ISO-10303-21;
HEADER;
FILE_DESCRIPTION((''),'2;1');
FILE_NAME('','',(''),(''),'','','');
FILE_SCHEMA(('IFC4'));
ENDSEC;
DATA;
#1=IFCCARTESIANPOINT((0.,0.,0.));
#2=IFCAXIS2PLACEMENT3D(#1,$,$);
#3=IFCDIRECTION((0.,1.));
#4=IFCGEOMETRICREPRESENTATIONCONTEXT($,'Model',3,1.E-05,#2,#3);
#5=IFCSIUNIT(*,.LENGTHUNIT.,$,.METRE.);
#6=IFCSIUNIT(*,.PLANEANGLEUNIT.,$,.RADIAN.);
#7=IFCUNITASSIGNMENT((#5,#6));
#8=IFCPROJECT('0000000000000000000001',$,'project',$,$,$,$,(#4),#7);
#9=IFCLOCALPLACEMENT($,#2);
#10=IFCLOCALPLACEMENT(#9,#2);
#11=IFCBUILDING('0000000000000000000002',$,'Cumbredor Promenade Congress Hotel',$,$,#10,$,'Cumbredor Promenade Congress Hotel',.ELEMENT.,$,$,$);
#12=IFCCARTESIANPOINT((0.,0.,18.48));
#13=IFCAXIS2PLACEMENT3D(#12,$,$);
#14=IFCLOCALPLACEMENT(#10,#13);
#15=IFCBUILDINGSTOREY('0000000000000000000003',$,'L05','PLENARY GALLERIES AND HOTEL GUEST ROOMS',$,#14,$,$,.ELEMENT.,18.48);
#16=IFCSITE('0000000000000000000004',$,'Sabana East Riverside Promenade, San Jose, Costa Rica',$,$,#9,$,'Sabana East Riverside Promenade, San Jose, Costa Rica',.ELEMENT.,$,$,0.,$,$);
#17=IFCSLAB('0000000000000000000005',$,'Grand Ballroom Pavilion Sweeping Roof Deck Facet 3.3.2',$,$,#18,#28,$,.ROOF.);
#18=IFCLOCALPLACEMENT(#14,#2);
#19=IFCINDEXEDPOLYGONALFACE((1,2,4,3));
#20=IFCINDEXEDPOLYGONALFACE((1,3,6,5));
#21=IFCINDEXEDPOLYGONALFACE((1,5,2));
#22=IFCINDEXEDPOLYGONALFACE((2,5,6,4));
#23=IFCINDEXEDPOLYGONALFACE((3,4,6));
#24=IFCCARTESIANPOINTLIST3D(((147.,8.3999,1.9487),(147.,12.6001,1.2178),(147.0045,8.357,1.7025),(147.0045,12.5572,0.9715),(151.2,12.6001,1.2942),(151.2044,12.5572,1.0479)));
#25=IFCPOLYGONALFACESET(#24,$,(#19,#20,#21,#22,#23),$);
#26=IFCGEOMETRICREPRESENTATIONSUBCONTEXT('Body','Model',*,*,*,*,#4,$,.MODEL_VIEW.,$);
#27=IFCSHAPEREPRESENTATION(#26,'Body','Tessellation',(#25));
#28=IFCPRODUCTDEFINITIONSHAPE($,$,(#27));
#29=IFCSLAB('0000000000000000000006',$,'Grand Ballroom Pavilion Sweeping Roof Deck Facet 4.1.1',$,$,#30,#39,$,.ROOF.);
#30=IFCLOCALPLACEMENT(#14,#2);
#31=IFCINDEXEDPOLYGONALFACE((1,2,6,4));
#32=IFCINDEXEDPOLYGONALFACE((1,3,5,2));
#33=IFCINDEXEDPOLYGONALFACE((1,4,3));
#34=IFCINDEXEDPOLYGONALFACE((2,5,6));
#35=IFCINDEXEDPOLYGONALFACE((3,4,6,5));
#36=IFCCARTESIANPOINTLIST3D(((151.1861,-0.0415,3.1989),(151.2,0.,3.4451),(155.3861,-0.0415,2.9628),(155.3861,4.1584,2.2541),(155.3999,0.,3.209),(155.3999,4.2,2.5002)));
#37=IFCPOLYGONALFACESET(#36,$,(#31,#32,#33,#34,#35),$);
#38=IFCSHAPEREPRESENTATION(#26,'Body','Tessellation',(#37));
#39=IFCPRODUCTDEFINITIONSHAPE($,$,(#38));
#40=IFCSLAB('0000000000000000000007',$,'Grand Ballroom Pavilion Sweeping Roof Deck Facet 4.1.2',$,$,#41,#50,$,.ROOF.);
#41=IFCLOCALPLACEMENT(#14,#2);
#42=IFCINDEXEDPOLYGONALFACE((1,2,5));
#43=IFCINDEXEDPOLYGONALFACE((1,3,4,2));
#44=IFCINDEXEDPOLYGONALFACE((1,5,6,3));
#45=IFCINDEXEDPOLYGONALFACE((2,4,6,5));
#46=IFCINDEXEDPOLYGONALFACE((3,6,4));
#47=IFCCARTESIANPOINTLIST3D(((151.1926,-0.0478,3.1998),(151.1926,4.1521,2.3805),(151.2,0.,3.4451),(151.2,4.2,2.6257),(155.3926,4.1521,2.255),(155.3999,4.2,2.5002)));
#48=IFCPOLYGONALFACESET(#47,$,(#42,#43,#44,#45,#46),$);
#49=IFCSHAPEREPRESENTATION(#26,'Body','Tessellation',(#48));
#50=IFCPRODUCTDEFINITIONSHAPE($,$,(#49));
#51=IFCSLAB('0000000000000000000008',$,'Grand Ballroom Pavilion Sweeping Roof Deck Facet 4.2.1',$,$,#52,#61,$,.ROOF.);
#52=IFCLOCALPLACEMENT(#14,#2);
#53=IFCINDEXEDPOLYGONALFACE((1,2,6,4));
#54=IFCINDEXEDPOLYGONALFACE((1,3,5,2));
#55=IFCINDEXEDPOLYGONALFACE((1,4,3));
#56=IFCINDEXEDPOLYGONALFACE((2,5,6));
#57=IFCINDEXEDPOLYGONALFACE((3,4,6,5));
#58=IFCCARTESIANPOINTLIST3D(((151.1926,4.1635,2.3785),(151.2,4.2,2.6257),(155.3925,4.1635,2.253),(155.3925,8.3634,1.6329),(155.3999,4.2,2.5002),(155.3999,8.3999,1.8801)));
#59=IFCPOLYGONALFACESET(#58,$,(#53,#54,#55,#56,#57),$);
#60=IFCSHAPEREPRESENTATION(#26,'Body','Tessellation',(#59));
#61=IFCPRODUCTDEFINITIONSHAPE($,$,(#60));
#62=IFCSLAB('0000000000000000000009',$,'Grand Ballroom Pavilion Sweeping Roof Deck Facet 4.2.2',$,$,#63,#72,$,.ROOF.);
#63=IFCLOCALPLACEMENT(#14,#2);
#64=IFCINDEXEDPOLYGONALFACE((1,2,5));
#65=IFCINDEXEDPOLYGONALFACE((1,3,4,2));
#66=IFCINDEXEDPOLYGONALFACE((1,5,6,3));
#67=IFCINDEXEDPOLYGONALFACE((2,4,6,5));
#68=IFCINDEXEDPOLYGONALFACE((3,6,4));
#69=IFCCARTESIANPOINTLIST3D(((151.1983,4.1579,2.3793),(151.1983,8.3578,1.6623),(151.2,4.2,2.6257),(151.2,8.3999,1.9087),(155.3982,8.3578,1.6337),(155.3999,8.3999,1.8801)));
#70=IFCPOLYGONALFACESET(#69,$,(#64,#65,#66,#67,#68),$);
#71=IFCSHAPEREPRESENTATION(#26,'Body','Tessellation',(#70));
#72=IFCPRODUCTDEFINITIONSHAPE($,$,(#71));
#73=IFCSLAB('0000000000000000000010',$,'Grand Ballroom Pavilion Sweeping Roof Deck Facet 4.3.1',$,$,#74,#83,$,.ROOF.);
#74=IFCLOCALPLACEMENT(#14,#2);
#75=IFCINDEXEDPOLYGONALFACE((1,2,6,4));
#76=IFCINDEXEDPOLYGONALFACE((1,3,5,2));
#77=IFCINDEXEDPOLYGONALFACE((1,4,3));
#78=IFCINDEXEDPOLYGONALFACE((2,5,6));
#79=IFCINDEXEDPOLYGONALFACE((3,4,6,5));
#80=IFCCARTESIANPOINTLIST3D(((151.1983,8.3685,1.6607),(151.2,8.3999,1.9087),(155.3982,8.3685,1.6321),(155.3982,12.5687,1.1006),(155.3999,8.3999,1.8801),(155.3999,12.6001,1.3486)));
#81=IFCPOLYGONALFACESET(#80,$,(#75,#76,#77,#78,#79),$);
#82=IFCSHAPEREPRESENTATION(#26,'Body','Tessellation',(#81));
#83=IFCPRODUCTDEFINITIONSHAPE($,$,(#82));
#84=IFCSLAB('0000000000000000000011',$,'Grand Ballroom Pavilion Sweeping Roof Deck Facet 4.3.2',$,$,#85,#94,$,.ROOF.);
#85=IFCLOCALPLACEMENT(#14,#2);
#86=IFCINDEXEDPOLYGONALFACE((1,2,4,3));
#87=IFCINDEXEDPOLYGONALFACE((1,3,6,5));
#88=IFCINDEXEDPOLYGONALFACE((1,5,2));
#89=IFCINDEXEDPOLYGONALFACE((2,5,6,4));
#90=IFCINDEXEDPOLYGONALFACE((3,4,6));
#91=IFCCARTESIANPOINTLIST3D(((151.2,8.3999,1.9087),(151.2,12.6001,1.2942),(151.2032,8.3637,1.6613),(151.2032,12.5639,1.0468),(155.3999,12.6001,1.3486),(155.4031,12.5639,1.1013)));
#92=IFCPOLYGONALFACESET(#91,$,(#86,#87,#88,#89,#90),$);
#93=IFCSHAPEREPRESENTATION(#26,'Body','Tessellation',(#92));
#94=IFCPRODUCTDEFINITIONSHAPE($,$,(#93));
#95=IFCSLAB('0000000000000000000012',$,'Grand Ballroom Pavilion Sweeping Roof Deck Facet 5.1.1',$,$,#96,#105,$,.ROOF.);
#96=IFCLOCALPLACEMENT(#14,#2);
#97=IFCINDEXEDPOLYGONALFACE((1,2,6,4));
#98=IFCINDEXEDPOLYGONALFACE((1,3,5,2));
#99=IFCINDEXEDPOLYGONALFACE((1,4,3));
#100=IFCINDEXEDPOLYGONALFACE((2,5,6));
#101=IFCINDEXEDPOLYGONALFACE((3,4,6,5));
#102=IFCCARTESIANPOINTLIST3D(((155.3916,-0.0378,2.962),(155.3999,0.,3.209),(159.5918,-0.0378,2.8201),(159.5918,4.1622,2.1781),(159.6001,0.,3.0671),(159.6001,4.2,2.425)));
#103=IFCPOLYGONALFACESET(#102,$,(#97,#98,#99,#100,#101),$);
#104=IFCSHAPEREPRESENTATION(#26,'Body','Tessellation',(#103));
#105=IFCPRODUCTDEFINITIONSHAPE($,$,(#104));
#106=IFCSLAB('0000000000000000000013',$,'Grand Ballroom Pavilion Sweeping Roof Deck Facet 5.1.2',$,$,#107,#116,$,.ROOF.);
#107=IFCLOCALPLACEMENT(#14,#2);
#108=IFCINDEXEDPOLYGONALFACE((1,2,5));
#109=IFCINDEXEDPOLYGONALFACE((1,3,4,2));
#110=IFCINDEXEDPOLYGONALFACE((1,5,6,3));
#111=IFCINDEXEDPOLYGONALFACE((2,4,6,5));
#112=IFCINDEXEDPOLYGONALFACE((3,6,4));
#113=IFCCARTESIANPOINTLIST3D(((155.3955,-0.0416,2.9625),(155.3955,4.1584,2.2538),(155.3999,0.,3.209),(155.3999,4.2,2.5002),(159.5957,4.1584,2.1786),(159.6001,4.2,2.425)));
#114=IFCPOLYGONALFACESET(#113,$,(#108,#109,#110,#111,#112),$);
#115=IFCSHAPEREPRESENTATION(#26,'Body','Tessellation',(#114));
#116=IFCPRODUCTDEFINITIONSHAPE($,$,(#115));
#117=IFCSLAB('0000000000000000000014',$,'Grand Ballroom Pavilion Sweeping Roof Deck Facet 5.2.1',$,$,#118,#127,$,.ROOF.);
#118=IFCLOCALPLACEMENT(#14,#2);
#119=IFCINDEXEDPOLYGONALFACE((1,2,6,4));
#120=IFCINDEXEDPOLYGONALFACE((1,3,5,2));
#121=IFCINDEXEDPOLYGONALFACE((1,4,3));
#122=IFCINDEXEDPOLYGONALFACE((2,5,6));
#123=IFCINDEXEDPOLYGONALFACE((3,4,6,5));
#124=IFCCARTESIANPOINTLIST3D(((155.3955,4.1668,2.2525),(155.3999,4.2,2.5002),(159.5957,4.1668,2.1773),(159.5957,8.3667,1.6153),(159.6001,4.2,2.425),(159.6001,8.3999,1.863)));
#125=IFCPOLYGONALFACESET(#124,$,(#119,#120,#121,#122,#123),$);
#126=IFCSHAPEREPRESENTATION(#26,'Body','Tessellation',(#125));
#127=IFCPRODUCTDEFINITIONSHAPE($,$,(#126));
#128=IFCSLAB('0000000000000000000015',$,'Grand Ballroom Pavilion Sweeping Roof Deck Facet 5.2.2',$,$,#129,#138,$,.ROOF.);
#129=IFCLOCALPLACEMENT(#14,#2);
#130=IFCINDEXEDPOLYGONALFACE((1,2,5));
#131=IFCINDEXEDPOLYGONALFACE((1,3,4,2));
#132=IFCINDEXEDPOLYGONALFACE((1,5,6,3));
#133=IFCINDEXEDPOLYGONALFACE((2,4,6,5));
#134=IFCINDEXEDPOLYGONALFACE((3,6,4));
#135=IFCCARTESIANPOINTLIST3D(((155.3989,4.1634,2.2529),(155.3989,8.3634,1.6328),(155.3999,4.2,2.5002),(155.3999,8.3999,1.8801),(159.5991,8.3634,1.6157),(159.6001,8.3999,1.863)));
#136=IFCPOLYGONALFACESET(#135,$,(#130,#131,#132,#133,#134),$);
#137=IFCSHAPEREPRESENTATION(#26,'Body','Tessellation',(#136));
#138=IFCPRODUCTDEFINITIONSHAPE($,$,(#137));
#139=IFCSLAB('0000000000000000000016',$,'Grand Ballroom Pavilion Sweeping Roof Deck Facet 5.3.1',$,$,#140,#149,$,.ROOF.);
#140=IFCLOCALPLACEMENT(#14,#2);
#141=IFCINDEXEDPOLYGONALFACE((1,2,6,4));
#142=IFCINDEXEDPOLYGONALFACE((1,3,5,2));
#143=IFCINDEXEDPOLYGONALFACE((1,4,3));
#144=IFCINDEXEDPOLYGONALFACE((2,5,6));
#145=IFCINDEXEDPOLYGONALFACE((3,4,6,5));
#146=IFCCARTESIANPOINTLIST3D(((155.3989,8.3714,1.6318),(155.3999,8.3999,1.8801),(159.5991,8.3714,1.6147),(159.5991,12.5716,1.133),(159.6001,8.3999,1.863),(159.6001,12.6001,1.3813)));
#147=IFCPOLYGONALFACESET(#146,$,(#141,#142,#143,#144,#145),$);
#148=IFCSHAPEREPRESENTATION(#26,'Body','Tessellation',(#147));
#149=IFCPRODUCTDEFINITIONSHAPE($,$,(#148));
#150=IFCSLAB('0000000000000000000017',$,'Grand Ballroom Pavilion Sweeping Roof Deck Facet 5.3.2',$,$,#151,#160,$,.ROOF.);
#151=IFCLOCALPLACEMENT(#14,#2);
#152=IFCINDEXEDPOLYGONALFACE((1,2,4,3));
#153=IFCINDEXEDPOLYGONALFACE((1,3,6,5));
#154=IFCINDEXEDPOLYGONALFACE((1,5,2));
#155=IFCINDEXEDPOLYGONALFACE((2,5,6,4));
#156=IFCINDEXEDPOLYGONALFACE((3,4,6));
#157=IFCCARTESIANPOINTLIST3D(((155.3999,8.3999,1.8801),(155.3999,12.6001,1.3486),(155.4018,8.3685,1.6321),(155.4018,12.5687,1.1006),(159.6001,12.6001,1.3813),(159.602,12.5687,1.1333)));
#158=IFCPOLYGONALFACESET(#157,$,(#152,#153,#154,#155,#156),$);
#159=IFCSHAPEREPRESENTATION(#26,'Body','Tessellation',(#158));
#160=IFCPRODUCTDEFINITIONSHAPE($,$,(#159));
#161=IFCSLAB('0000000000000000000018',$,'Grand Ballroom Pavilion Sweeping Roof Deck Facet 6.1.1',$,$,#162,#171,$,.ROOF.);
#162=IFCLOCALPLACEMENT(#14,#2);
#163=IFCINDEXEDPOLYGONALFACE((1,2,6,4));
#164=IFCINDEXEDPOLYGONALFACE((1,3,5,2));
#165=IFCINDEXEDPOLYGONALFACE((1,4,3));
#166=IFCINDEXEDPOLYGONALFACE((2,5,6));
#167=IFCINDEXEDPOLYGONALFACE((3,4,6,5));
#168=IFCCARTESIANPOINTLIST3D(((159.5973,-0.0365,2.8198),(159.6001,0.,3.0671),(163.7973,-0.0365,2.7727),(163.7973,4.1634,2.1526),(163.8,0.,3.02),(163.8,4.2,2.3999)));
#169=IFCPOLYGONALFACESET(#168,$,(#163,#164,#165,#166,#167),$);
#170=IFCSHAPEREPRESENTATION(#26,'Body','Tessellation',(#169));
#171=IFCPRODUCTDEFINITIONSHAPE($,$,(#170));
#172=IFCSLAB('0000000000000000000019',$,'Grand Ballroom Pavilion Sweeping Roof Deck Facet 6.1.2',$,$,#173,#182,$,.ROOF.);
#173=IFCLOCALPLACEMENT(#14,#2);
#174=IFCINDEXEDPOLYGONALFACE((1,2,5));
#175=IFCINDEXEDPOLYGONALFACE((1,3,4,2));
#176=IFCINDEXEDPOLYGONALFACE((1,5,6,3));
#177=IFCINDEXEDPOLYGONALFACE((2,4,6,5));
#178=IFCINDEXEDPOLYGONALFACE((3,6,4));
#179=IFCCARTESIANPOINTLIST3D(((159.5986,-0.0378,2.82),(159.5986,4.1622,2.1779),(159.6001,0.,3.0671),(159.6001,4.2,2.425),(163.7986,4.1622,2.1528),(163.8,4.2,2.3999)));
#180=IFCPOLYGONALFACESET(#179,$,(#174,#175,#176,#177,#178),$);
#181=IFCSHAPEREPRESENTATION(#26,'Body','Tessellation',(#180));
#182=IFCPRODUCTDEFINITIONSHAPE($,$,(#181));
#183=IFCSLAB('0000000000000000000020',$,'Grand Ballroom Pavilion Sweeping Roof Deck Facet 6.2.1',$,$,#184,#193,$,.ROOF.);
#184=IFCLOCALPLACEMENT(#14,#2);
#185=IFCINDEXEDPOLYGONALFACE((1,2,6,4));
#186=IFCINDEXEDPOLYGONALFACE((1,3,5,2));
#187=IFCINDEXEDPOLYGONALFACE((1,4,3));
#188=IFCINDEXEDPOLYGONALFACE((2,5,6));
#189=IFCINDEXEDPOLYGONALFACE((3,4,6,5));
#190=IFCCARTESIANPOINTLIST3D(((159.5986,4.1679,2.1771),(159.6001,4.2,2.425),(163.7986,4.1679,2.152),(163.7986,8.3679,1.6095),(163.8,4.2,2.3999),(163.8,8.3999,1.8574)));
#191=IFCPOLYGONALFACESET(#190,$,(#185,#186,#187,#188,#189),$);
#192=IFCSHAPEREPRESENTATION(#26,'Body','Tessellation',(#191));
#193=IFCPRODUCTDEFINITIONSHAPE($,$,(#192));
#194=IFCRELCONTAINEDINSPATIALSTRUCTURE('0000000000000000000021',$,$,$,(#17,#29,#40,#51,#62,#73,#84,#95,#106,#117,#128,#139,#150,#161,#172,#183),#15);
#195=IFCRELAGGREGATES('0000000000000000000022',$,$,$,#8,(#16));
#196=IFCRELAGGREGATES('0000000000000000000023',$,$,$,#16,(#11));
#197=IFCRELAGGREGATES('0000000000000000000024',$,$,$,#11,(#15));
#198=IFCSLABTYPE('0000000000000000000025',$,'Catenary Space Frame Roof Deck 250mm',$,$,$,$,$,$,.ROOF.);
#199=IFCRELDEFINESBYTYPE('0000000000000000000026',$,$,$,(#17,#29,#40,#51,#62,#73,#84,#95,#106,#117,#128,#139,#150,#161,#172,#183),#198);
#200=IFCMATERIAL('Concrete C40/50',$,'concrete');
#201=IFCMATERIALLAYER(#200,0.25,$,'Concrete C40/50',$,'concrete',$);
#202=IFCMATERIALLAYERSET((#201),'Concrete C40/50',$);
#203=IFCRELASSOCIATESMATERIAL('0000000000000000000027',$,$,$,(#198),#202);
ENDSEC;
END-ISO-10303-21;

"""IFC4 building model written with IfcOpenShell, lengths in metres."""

from ifc_helpers import new_model, si_unit, direction, frame, origin, place, context, subcontext, project, spatial, polyline, outline, extrude, material, layer, layer_set, type_object, element, save


model = new_model("IFC4")

# Units and contexts
model_context = context("Model", 3, precision=1e-05, world=origin(), true_north=direction((0.0, 1.0)))
body_context = subcontext(model_context, "Body", "Model", "MODEL_VIEW")
ifc_project = project(units=[si_unit("LENGTHUNIT", "METRE"), si_unit("PLANEANGLEUNIT", "RADIAN")], contexts=[model_context])

# Site, building, storey
site_placement = place(None, origin())
site = spatial("IfcSite", under=ifc_project, at=site_placement, Name="Sabana East Riverside Promenade, San Jose, Costa Rica", LongName="Sabana East Riverside Promenade, San Jose, Costa Rica", CompositionType="ELEMENT", RefElevation=0.0)
building_placement = place(site_placement, origin())
building = spatial("IfcBuilding", under=site, at=building_placement, Name="Cumbredor Promenade Congress Hotel", LongName="Cumbredor Promenade Congress Hotel", CompositionType="ELEMENT")
storey_placement = place(building_placement, frame((0.0, 0.0, 18.48)))
storey = spatial("IfcBuildingStorey", under=building, at=storey_placement, Name="L05", Description="PLENARY GALLERIES AND HOTEL GUEST ROOMS", CompositionType="ELEMENT", Elevation=18.48)

# Slabs
ifc_material_1 = material(Name="Concrete C40/50", Category="concrete")
ifc_layer_1 = layer(ifc_material_1, 0.25, Name="Concrete C40/50", Category="concrete")
ifc_layer_set_1 = layer_set([ifc_layer_1], Name="Concrete C40/50")
slab_type = type_object("IfcSlabType", Name="Catenary Space Frame Roof Deck 250mm", PredefinedType="ROOF", material=ifc_layer_set_1)
slab_1_placement = place(storey_placement, frame((147.0, 8.3999, 1.9487), z_axis=(-0.017922, 0.171425, 0.985034), x_axis=(0.702832, 0.702873, -0.109533)))
element("IfcSlab", 1, at=slab_1_placement, inside=storey, type_object=slab_type, Name="Grand Ballroom Pavilion Sweeping Roof Deck Facet 3.3.2", PredefinedType="ROOF", context=body_context, shape_type="SweptSolid", body=[
    extrude(outline(polyline([(0.0, 0.0), (5.9758, 0.0), (3.0323, 2.9969), (0.0, 0.0)])), origin(), (0.0, 0.0, -1.0), 0.25),
])
slab_2_placement = place(storey_placement, frame((151.2, 0.0, 3.4451), z_axis=(0.055343, 0.166142, 0.984548), x_axis=(0.998424, 0.0, -0.056123)))
element("IfcSlab", 2, at=slab_2_placement, inside=storey, type_object=slab_type, Name="Grand Ballroom Pavilion Sweeping Roof Deck Facet 4.1.1", PredefinedType="ROOF", context=body_context, shape_type="SweptSolid", body=[
    extrude(outline(polyline([(0.0, 0.0), (4.2066, 0.0), (4.2464, 4.2591), (0.0, 0.0)])), origin(), (0.0, 0.0, -1.0), 0.25),
])
slab_3_placement = place(storey_placement, frame((151.2, 0.0, 3.4451), z_axis=(0.029313, 0.191391, 0.981076), x_axis=(0.698327, 0.698327, -0.157096)))
element("IfcSlab", 3, at=slab_3_placement, inside=storey, type_object=slab_type, Name="Grand Ballroom Pavilion Sweeping Roof Deck Facet 4.1.2", PredefinedType="ROOF", context=body_context, shape_type="SweptSolid", body=[
    extrude(outline(polyline([(0.0, 0.0), (6.0143, 0.0), (3.0617, 2.9895), (0.0, 0.0)])), origin(), (0.0, 0.0, -1.0), 0.25),
])
slab_4_placement = place(storey_placement, frame((151.2, 4.2, 2.6257), z_axis=(0.029545, 0.146001, 0.988843), x_axis=(0.999554, 0.0, -0.029865)))
element("IfcSlab", 4, at=slab_4_placement, inside=storey, type_object=slab_type, Name="Grand Ballroom Pavilion Sweeping Roof Deck Facet 4.2.1", PredefinedType="ROOF", context=body_context, shape_type="SweptSolid", body=[
    extrude(outline(polyline([(0.0, 0.0), (4.2018, 0.0), (4.2203, 4.2454), (0.0, 0.0)])), origin(), (0.0, 0.0, -1.0), 0.25),
])
slab_5_placement = place(storey_placement, frame((151.2, 4.2, 2.6257), z_axis=(0.006704, 0.168287, 0.985715), x_axis=(0.7016, 0.7016, -0.124553)))
element("IfcSlab", 5, at=slab_5_placement, inside=storey, type_object=slab_type, Name="Grand Ballroom Pavilion Sweeping Roof Deck Facet 4.2.2", PredefinedType="ROOF", context=body_context, shape_type="SweptSolid", body=[
    extrude(outline(polyline([(0.0, 0.0), (5.9862, 0.0), (3.036, 2.9894), (0.0, 0.0)])), origin(), (0.0, 0.0, -1.0), 0.25),
])
slab_6_placement = place(storey_placement, frame((151.2, 8.3999, 1.9087), z_axis=(0.006747, 0.125536, 0.992066), x_axis=(0.999977, 0.0, -0.006801)))
element("IfcSlab", 6, at=slab_6_placement, inside=storey, type_object=slab_type, Name="Grand Ballroom Pavilion Sweeping Roof Deck Facet 4.3.1", PredefinedType="ROOF", context=body_context, shape_type="SweptSolid", body=[
    extrude(outline(polyline([(0.0, 0.0), (4.2, 0.0), (4.2037, 4.2337), (0.0, 0.0)])), origin(), (0.0, 0.0, -1.0), 0.25),
])
slab_7_placement = place(storey_placement, frame((151.2, 8.3999, 1.9087), z_axis=(-0.012825, 0.14475, 0.989385), x_axis=(0.703964, 0.704005, -0.093873)))
element("IfcSlab", 7, at=slab_7_placement, inside=storey, type_object=slab_type, Name="Grand Ballroom Pavilion Sweeping Roof Deck Facet 4.3.2", PredefinedType="ROOF", context=body_context, shape_type="SweptSolid", body=[
    extrude(outline(polyline([(0.0, 0.0), (5.9661, 0.0), (3.0146, 2.9885), (0.0, 0.0)])), origin(), (0.0, 0.0, -1.0), 0.25),
])
slab_8_placement = place(storey_placement, frame((155.3999, 0.0, 3.209), z_axis=(0.033365, 0.15104, 0.987964), x_axis=(0.99943, 0.0, -0.033752)))
element("IfcSlab", 8, at=slab_8_placement, inside=storey, type_object=slab_type, Name="Grand Ballroom Pavilion Sweeping Roof Deck Facet 5.1.1", PredefinedType="ROOF", context=body_context, shape_type="SweptSolid", body=[
    extrude(outline(polyline([(0.0, 0.0), (4.2026, 0.0), (4.2243, 4.2487), (0.0, 0.0)])), origin(), (0.0, 0.0, -1.0), 0.25),
])
slab_9_placement = place(storey_placement, frame((155.3999, 0.0, 3.209), z_axis=(0.01765, 0.166371, 0.985905), x_axis=(0.701048, 0.701007, -0.130845)))
element("IfcSlab", 9, at=slab_9_placement, inside=storey, type_object=slab_type, Name="Grand Ballroom Pavilion Sweeping Roof Deck Facet 5.1.2", PredefinedType="ROOF", context=body_context, shape_type="SweptSolid", body=[
    extrude(outline(polyline([(0.0, 0.0), (5.9913, 0.0), (3.0369, 2.9865), (0.0, 0.0)])), origin(), (0.0, 0.0, -1.0), 0.25),
])
slab_10_placement = place(storey_placement, frame((155.3999, 4.2, 2.5002), z_axis=(0.017742, 0.132611, 0.991009), x_axis=(0.99984, 0.0, -0.0179)))
element("IfcSlab", 10, at=slab_10_placement, inside=storey, type_object=slab_type, Name="Grand Ballroom Pavilion Sweeping Roof Deck Facet 5.2.1", PredefinedType="ROOF", context=body_context, shape_type="SweptSolid", body=[
    extrude(outline(polyline([(0.0, 0.0), (4.2009, 0.0), (4.2109, 4.2374), (0.0, 0.0)])), origin(), (0.0, 0.0, -1.0), 0.25),
])
slab_11_placement = place(storey_placement, frame((155.3999, 4.2, 2.5002), z_axis=(0.004025, 0.146064, 0.989267), x_axis=(0.703093, 0.703052, -0.106665)))
element("IfcSlab", 11, at=slab_11_placement, inside=storey, type_object=slab_type, Name="Grand Ballroom Pavilion Sweeping Roof Deck Facet 5.2.2", PredefinedType="ROOF", context=body_context, shape_type="SweptSolid", body=[
    extrude(outline(polyline([(0.0, 0.0), (5.9739, 0.0), (3.0189, 2.985), (0.0, 0.0)])), origin(), (0.0, 0.0, -1.0), 0.25),
])
slab_12_placement = place(storey_placement, frame((155.3999, 8.3999, 1.8801), z_axis=(0.004042, 0.113935, 0.99348), x_axis=(0.999992, 0.0, -0.004069)))
element("IfcSlab", 12, at=slab_12_placement, inside=storey, type_object=slab_type, Name="Grand Ballroom Pavilion Sweeping Roof Deck Facet 5.3.1", PredefinedType="ROOF", context=body_context, shape_type="SweptSolid", body=[
    extrude(outline(polyline([(0.0, 0.0), (4.2002, 0.0), (4.2022, 4.2277), (0.0, 0.0)])), origin(), (0.0, 0.0, -1.0), 0.25),
])
slab_13_placement = place(storey_placement, frame((155.3999, 8.3999, 1.8801), z_axis=(-0.007727, 0.125535, 0.992059), x_axis=(0.704627, 0.704627, -0.083675)))
element("IfcSlab", 13, at=slab_13_placement, inside=storey, type_object=slab_type, Name="Grand Ballroom Pavilion Sweeping Roof Deck Facet 5.3.2", PredefinedType="ROOF", context=body_context, shape_type="SweptSolid", body=[
    extrude(outline(polyline([(0.0, 0.0), (5.9609, 0.0), (3.004, 2.9833), (0.0, 0.0)])), origin(), (0.0, 0.0, -1.0), 0.25),
])
slab_14_placement = place(storey_placement, frame((159.6001, 0.0, 3.0671), z_axis=(0.011098, 0.146056, 0.989214), x_axis=(0.999937, 0.0, -0.011218)))
element("IfcSlab", 14, at=slab_14_placement, inside=storey, type_object=slab_type, Name="Grand Ballroom Pavilion Sweeping Roof Deck Facet 6.1.1", PredefinedType="ROOF", context=body_context, shape_type="SweptSolid", body=[
    extrude(outline(polyline([(0.0, 0.0), (4.2002, 0.0), (4.2072, 4.2455), (0.0, 0.0)])), origin(), (0.0, 0.0, -1.0), 0.25),
])
slab_15_placement = place(storey_placement, frame((159.6001, 0.0, 3.0671), z_axis=(0.005918, 0.151122, 0.988497), x_axis=(0.702687, 0.702687, -0.111634)))
element("IfcSlab", 15, at=slab_15_placement, inside=storey, type_object=slab_type, Name="Grand Ballroom Pavilion Sweeping Roof Deck Facet 6.1.2", PredefinedType="ROOF", context=body_context, shape_type="SweptSolid", body=[
    extrude(outline(polyline([(0.0, 0.0), (5.977, 0.0), (3.0229, 2.9856), (0.0, 0.0)])), origin(), (0.0, 0.0, -1.0), 0.25),
])
slab_16_placement = place(storey_placement, frame((159.6001, 4.2, 2.425), z_axis=(0.005938, 0.128097, 0.991744), x_axis=(0.999982, 0.0, -0.005987)))
element("IfcSlab", 16, at=slab_16_placement, inside=storey, type_object=slab_type, Name="Grand Ballroom Pavilion Sweeping Roof Deck Facet 6.2.1", PredefinedType="ROOF", context=body_context, shape_type="SweptSolid", body=[
    extrude(outline(polyline([(0.0, 0.0), (4.2, 0.0), (4.2033, 4.2348), (0.0, 0.0)])), origin(), (0.0, 0.0, -1.0), 0.25),
])

save(model, "model.ifc")
